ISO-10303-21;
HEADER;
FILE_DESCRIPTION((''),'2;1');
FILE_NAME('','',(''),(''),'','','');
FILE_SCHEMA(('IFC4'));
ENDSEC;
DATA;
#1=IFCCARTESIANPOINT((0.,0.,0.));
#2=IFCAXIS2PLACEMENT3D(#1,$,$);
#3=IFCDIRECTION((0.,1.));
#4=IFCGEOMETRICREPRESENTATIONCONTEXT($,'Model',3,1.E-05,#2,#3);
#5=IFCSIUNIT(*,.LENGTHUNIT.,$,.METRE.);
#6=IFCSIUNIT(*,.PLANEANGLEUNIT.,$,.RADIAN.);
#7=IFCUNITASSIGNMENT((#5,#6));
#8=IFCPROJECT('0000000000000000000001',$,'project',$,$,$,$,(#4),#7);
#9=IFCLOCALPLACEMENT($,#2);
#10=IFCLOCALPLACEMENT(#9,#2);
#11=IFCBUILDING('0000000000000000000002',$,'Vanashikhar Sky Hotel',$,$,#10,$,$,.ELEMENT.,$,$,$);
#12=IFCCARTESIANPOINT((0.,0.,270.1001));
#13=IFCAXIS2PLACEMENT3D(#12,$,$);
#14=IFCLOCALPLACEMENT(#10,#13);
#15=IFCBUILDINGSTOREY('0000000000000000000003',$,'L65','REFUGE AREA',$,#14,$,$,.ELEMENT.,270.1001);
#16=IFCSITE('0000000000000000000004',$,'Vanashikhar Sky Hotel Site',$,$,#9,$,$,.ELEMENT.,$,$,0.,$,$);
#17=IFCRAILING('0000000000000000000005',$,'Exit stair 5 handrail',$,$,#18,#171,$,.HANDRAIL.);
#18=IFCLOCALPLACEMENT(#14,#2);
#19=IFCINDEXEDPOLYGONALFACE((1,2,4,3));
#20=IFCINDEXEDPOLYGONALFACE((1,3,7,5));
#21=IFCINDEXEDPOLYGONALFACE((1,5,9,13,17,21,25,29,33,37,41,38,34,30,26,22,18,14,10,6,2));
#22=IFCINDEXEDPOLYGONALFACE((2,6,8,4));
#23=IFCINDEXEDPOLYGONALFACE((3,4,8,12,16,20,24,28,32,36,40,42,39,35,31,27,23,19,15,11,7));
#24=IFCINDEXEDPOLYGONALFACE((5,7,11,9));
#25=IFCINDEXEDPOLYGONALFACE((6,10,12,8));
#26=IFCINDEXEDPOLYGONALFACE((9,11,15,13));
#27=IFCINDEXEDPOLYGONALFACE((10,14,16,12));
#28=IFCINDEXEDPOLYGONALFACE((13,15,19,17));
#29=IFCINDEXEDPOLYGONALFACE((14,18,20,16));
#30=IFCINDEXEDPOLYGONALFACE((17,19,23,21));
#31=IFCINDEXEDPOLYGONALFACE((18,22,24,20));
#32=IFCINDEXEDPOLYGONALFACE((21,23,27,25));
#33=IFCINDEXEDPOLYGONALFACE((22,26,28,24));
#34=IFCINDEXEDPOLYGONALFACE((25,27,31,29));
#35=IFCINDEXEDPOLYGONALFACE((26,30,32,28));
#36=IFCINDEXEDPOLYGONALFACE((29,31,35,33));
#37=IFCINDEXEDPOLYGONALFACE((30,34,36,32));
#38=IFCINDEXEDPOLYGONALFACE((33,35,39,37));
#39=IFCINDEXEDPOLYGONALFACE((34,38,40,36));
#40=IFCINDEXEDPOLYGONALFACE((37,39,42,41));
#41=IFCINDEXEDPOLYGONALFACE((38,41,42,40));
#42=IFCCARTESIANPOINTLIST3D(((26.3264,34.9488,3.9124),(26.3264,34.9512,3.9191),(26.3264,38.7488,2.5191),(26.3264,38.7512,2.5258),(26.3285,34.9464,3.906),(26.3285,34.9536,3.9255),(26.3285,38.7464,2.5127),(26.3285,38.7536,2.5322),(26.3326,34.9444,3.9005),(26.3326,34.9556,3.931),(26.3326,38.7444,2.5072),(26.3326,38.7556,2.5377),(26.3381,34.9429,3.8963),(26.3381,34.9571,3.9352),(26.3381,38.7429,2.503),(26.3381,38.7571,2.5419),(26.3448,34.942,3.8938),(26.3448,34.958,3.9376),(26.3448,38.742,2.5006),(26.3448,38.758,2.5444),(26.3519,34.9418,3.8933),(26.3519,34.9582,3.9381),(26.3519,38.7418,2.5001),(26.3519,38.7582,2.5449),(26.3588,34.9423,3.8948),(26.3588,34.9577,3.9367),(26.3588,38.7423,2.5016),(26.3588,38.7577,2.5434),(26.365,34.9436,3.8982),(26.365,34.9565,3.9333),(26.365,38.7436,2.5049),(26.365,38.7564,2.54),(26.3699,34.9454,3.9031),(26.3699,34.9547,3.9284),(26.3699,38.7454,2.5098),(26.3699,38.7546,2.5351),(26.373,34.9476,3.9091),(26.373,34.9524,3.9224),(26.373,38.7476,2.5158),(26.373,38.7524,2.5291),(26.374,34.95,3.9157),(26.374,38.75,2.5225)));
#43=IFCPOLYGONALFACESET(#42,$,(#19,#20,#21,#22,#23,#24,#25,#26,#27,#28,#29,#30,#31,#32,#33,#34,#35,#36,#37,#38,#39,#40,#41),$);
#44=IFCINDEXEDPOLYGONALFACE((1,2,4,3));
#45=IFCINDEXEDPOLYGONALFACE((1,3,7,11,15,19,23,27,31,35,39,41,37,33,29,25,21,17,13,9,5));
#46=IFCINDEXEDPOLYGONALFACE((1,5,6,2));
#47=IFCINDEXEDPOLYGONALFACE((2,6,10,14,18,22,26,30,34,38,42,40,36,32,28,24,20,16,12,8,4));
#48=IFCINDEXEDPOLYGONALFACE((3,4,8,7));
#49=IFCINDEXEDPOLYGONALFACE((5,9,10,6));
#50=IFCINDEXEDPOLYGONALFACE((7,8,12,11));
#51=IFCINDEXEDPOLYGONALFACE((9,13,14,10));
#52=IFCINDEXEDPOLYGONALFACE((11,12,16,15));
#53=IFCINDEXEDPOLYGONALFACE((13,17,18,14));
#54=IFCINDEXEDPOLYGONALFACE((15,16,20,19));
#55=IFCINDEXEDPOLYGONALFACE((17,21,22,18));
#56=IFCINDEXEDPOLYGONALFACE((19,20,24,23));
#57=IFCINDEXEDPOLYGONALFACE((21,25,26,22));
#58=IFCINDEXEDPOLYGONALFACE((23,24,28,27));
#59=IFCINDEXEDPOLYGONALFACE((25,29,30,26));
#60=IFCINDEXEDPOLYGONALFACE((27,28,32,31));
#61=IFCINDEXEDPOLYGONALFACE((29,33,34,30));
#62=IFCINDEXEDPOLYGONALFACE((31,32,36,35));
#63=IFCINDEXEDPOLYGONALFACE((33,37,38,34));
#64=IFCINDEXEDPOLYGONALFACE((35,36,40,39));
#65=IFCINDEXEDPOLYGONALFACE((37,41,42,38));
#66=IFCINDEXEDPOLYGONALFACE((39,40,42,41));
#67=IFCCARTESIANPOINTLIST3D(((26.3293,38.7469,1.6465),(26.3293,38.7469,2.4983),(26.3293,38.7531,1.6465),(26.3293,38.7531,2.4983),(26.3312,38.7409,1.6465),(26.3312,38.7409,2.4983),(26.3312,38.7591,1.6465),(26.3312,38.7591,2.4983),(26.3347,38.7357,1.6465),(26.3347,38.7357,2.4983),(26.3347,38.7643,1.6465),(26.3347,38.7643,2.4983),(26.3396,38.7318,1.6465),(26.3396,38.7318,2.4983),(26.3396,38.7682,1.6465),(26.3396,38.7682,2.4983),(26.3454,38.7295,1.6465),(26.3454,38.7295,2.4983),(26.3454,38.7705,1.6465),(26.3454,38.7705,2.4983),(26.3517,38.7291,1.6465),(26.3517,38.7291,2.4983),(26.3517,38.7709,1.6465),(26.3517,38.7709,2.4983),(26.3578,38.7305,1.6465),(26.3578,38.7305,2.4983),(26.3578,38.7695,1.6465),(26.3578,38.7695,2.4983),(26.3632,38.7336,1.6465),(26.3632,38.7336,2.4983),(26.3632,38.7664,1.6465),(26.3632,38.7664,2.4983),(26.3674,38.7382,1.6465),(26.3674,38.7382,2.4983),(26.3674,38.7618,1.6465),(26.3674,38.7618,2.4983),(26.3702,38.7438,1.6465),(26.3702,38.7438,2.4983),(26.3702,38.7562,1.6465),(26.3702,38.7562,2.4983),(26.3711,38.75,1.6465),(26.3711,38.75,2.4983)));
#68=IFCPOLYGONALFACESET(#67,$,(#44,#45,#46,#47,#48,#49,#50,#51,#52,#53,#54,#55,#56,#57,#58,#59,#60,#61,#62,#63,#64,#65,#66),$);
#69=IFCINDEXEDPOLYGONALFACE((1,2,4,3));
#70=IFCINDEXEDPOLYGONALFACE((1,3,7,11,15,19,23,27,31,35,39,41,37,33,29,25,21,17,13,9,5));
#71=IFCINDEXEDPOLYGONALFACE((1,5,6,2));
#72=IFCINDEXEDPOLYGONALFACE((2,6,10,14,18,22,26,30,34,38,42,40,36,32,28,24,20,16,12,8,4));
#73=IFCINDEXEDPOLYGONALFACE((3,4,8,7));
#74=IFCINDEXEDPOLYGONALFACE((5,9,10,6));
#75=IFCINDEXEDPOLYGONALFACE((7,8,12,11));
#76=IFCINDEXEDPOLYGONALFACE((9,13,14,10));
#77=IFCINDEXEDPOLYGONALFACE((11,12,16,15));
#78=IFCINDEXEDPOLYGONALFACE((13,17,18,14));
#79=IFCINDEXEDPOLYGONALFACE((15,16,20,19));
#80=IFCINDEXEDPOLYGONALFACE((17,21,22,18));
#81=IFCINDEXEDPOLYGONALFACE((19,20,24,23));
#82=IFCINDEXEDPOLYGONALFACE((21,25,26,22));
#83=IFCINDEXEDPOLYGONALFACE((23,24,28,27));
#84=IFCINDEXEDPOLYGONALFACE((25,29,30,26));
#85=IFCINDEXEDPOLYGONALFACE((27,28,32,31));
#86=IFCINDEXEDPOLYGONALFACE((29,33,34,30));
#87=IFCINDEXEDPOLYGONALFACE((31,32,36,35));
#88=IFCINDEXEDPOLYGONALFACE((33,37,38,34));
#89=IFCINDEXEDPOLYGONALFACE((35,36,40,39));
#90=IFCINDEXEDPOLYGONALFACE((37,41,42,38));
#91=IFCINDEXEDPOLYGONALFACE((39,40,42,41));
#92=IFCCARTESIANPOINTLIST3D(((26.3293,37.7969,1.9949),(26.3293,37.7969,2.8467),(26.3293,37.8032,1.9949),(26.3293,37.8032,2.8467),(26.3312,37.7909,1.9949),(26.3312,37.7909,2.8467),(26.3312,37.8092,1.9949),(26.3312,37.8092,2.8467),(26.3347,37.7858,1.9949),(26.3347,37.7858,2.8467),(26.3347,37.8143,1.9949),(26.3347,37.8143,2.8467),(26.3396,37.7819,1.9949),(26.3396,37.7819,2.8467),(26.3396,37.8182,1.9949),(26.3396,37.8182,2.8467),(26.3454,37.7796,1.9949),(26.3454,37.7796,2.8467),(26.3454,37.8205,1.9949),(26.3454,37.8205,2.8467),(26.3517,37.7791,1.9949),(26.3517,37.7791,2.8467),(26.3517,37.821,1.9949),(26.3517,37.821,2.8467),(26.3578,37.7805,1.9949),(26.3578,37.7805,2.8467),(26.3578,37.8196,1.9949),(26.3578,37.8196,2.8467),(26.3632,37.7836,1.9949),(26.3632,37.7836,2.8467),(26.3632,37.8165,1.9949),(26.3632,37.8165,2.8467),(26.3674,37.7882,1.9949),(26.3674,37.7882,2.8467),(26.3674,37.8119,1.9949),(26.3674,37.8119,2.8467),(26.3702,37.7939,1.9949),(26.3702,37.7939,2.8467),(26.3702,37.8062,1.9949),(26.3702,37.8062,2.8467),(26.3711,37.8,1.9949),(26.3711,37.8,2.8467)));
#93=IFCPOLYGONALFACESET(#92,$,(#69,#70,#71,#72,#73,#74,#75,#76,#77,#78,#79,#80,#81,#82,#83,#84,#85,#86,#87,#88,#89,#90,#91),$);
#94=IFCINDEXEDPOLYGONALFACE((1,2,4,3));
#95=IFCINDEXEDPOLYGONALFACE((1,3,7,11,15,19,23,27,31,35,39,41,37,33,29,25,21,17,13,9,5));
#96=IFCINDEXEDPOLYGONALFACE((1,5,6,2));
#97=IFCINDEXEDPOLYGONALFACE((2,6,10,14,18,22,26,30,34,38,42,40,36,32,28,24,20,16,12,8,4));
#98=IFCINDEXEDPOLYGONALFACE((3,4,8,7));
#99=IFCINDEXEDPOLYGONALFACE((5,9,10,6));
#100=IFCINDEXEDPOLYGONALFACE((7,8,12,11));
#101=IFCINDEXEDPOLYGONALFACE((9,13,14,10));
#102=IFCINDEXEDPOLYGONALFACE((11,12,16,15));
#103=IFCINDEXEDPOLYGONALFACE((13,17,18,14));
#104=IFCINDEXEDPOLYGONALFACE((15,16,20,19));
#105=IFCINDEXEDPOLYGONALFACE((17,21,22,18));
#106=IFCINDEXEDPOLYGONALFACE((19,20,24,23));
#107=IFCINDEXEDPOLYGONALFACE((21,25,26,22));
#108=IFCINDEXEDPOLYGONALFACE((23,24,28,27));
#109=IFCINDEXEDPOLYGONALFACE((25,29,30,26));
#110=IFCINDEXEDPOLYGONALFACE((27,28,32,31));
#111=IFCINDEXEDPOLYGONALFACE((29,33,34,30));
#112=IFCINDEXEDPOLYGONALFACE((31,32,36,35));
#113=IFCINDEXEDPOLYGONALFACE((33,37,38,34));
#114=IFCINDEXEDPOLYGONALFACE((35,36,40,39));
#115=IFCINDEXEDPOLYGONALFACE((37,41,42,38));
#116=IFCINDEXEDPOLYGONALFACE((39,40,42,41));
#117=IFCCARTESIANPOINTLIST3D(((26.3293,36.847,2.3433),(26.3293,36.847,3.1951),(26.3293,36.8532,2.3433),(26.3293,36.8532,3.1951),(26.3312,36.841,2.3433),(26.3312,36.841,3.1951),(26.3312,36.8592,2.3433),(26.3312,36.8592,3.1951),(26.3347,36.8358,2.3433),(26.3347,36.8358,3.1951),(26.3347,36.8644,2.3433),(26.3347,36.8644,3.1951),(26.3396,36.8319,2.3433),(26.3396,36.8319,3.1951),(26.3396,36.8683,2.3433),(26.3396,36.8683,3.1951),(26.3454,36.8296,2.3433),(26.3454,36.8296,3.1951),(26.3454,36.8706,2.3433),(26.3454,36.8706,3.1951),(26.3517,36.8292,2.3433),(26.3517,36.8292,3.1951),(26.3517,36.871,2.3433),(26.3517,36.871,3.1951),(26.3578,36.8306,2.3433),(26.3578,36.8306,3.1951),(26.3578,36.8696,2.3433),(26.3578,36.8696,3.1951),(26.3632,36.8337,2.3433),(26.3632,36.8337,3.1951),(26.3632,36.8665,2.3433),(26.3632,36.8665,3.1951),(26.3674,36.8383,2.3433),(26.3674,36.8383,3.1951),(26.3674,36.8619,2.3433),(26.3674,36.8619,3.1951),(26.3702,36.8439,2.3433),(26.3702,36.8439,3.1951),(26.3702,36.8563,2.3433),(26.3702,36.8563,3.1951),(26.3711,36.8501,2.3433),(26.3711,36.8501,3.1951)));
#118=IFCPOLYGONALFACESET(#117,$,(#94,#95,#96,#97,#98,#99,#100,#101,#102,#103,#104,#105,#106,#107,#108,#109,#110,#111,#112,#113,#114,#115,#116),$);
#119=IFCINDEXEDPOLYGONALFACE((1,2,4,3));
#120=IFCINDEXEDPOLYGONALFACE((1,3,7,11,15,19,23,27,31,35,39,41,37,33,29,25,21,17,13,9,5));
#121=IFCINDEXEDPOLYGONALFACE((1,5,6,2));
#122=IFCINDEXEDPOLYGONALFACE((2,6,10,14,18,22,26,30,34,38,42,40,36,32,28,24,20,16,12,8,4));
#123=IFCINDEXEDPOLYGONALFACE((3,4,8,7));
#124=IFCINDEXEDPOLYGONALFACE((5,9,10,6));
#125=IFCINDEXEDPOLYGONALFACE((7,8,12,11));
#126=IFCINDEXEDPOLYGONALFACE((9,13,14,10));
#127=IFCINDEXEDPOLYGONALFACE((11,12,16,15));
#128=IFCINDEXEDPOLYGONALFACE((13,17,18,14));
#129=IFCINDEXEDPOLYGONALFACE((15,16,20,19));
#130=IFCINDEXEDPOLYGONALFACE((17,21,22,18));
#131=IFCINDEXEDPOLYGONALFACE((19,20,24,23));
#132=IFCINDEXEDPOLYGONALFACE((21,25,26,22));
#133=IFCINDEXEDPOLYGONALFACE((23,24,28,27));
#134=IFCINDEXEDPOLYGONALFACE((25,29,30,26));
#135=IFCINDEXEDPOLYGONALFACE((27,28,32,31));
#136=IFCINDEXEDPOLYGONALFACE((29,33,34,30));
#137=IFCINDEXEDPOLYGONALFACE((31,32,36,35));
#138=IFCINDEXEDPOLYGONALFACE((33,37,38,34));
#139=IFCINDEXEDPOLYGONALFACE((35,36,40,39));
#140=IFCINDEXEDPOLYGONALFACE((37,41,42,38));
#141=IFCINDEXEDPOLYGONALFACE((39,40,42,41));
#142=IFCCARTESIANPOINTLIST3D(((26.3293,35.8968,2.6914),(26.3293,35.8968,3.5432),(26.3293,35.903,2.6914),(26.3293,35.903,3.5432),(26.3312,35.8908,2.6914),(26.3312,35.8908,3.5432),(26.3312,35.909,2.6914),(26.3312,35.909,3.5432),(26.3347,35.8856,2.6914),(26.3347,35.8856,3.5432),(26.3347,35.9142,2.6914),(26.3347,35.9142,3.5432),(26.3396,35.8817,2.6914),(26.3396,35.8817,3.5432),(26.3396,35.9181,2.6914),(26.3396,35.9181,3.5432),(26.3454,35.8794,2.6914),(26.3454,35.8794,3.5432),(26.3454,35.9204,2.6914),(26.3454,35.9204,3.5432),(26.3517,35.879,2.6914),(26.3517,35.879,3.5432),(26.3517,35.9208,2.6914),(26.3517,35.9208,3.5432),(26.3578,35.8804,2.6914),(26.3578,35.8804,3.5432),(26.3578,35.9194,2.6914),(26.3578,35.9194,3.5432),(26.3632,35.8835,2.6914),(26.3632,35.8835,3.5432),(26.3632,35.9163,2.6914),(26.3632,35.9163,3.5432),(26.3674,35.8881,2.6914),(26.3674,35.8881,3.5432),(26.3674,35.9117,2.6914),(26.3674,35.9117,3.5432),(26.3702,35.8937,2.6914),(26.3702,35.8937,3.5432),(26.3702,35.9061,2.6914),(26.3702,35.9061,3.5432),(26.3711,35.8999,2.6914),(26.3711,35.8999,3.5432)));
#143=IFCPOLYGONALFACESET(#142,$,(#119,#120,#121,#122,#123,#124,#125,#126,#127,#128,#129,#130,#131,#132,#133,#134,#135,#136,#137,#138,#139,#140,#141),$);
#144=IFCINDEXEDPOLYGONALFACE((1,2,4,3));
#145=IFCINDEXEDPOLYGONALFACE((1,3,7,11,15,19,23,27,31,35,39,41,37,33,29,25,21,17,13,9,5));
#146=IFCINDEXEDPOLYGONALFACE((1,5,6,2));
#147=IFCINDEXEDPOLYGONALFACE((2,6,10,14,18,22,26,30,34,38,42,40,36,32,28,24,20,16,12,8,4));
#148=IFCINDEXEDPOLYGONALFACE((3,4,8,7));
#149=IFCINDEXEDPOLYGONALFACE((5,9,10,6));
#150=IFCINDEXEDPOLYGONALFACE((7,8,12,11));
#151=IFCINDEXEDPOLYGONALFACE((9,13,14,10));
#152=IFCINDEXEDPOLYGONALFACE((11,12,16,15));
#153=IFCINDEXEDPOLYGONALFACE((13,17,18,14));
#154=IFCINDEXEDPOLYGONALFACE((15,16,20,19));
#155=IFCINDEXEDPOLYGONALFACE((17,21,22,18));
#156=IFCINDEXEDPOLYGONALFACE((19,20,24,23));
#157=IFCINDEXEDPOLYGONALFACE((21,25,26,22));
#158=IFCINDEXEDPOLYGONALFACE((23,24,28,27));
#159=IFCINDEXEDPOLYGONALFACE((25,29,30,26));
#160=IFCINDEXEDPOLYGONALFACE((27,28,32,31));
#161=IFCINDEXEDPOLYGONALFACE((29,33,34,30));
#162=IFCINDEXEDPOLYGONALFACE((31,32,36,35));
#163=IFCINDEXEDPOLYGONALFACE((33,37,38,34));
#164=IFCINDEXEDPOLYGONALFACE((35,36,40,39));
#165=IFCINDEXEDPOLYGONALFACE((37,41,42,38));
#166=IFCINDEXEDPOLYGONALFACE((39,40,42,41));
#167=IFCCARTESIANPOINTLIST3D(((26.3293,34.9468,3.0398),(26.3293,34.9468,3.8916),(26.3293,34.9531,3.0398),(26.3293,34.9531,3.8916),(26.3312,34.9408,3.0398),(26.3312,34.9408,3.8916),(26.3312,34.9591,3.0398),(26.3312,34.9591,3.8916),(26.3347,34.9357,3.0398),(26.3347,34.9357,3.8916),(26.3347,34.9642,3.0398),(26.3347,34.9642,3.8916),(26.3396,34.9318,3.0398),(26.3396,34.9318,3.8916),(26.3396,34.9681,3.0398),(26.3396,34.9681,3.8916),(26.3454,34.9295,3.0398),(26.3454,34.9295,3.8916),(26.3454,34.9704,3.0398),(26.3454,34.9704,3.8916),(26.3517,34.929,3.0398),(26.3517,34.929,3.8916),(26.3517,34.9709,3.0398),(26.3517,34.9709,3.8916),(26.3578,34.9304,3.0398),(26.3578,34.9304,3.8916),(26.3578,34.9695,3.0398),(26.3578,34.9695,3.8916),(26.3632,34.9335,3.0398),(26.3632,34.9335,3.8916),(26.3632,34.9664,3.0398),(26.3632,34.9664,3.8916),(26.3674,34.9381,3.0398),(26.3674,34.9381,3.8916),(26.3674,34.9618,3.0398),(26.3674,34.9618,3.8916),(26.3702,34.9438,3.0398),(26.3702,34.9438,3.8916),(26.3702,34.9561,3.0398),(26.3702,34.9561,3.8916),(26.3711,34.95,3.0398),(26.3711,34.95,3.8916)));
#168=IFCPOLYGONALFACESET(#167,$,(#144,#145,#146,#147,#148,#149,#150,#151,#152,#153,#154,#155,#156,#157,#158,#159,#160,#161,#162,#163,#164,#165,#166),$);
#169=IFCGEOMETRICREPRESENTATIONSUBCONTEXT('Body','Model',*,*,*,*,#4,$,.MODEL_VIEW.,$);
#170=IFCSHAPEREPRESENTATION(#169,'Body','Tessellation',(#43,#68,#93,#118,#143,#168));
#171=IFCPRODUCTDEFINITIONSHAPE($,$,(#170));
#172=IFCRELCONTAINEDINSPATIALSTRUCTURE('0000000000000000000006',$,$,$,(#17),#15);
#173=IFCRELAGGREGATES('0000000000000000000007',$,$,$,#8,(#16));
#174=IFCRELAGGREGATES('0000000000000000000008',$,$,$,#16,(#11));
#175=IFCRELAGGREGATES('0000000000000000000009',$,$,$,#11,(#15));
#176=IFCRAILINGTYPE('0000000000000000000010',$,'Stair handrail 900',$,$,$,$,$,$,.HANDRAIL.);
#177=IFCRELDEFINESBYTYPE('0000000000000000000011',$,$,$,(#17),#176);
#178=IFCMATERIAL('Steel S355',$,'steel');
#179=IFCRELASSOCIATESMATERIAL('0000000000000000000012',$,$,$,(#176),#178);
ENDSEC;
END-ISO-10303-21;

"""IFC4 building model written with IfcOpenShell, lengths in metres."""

from ifc_helpers import new_model, si_unit, direction, frame, origin, origin_2d, place, context, subcontext, project, spatial, circle, extrude, source, transform, mapped, material, type_object, element, save


model = new_model("IFC4")

# Units and contexts
model_context = context("Model", 3, precision=1e-05, world=origin(), true_north=direction((0.0, 1.0)))
body_context = subcontext(model_context, "Body", "Model", "MODEL_VIEW")
ifc_project = project(units=[si_unit("LENGTHUNIT", "METRE"), si_unit("PLANEANGLEUNIT", "RADIAN")], contexts=[model_context])

# Site, building, storey
site_placement = place(None, origin())
site = spatial("IfcSite", under=ifc_project, at=site_placement, Name="Vanashikhar Sky Hotel Site", CompositionType="ELEMENT", RefElevation=0.0)
building_placement = place(site_placement, origin())
building = spatial("IfcBuilding", under=site, at=building_placement, Name="Vanashikhar Sky Hotel", CompositionType="ELEMENT")
storey_placement = place(building_placement, frame((0.0, 0.0, 270.1001)))
storey = spatial("IfcBuildingStorey", under=building, at=storey_placement, Name="L65", Description="REFUGE AREA", CompositionType="ELEMENT", Elevation=270.1001)

# Railing
ifc_material_1 = material(Name="Steel S355", Category="steel")
railing_type_1 = type_object("IfcRailingType", Name="Stair handrail 900", PredefinedType="HANDRAIL", material=ifc_material_1)
shared_shape_1 = source(origin(), body_context, "Body", "SweptSolid", [
    extrude(circle(Radius=0.0239, at=origin_2d()), frame((0.0, 0.0, 0.876), z_axis=(0.0, -0.93888, 0.344246), x_axis=(1.0, 0.0, 0.0)), (0.0, 0.0, 1.0), 4.0474),
    extrude(circle(Radius=0.021, at=origin_2d()), origin(), (0.0, 0.0, 1.0), 0.8518),
    extrude(circle(Radius=0.021, at=origin_2d()), frame((0.0, -0.95, 0.3484)), (0.0, 0.0, 1.0), 0.8518),
    extrude(circle(Radius=0.021, at=origin_2d()), frame((0.0, -1.8999, 0.6968)), (0.0, 0.0, 1.0), 0.8518),
    extrude(circle(Radius=0.021, at=origin_2d()), frame((0.0, -2.8501, 1.0449)), (0.0, 0.0, 1.0), 0.8518),
    extrude(circle(Radius=0.021, at=origin_2d()), frame((0.0, -3.8, 1.3933)), (0.0, 0.0, 1.0), 0.8518),
])
for number, where, name in (
    (1, (26.3501, 38.75, 1.6465), "Exit stair 5 handrail"),
):
    element("IfcRailing", number, at=place(storey_placement, frame(where)), inside=storey, type_object=railing_type_1, Name=name, PredefinedType="HANDRAIL", context=body_context, shape_type="MappedRepresentation", body=[
        mapped(shared_shape_1, transform((0.0, 0.0, 0.0), scale=1.0)),
    ])

save(model, "model.ifc")
